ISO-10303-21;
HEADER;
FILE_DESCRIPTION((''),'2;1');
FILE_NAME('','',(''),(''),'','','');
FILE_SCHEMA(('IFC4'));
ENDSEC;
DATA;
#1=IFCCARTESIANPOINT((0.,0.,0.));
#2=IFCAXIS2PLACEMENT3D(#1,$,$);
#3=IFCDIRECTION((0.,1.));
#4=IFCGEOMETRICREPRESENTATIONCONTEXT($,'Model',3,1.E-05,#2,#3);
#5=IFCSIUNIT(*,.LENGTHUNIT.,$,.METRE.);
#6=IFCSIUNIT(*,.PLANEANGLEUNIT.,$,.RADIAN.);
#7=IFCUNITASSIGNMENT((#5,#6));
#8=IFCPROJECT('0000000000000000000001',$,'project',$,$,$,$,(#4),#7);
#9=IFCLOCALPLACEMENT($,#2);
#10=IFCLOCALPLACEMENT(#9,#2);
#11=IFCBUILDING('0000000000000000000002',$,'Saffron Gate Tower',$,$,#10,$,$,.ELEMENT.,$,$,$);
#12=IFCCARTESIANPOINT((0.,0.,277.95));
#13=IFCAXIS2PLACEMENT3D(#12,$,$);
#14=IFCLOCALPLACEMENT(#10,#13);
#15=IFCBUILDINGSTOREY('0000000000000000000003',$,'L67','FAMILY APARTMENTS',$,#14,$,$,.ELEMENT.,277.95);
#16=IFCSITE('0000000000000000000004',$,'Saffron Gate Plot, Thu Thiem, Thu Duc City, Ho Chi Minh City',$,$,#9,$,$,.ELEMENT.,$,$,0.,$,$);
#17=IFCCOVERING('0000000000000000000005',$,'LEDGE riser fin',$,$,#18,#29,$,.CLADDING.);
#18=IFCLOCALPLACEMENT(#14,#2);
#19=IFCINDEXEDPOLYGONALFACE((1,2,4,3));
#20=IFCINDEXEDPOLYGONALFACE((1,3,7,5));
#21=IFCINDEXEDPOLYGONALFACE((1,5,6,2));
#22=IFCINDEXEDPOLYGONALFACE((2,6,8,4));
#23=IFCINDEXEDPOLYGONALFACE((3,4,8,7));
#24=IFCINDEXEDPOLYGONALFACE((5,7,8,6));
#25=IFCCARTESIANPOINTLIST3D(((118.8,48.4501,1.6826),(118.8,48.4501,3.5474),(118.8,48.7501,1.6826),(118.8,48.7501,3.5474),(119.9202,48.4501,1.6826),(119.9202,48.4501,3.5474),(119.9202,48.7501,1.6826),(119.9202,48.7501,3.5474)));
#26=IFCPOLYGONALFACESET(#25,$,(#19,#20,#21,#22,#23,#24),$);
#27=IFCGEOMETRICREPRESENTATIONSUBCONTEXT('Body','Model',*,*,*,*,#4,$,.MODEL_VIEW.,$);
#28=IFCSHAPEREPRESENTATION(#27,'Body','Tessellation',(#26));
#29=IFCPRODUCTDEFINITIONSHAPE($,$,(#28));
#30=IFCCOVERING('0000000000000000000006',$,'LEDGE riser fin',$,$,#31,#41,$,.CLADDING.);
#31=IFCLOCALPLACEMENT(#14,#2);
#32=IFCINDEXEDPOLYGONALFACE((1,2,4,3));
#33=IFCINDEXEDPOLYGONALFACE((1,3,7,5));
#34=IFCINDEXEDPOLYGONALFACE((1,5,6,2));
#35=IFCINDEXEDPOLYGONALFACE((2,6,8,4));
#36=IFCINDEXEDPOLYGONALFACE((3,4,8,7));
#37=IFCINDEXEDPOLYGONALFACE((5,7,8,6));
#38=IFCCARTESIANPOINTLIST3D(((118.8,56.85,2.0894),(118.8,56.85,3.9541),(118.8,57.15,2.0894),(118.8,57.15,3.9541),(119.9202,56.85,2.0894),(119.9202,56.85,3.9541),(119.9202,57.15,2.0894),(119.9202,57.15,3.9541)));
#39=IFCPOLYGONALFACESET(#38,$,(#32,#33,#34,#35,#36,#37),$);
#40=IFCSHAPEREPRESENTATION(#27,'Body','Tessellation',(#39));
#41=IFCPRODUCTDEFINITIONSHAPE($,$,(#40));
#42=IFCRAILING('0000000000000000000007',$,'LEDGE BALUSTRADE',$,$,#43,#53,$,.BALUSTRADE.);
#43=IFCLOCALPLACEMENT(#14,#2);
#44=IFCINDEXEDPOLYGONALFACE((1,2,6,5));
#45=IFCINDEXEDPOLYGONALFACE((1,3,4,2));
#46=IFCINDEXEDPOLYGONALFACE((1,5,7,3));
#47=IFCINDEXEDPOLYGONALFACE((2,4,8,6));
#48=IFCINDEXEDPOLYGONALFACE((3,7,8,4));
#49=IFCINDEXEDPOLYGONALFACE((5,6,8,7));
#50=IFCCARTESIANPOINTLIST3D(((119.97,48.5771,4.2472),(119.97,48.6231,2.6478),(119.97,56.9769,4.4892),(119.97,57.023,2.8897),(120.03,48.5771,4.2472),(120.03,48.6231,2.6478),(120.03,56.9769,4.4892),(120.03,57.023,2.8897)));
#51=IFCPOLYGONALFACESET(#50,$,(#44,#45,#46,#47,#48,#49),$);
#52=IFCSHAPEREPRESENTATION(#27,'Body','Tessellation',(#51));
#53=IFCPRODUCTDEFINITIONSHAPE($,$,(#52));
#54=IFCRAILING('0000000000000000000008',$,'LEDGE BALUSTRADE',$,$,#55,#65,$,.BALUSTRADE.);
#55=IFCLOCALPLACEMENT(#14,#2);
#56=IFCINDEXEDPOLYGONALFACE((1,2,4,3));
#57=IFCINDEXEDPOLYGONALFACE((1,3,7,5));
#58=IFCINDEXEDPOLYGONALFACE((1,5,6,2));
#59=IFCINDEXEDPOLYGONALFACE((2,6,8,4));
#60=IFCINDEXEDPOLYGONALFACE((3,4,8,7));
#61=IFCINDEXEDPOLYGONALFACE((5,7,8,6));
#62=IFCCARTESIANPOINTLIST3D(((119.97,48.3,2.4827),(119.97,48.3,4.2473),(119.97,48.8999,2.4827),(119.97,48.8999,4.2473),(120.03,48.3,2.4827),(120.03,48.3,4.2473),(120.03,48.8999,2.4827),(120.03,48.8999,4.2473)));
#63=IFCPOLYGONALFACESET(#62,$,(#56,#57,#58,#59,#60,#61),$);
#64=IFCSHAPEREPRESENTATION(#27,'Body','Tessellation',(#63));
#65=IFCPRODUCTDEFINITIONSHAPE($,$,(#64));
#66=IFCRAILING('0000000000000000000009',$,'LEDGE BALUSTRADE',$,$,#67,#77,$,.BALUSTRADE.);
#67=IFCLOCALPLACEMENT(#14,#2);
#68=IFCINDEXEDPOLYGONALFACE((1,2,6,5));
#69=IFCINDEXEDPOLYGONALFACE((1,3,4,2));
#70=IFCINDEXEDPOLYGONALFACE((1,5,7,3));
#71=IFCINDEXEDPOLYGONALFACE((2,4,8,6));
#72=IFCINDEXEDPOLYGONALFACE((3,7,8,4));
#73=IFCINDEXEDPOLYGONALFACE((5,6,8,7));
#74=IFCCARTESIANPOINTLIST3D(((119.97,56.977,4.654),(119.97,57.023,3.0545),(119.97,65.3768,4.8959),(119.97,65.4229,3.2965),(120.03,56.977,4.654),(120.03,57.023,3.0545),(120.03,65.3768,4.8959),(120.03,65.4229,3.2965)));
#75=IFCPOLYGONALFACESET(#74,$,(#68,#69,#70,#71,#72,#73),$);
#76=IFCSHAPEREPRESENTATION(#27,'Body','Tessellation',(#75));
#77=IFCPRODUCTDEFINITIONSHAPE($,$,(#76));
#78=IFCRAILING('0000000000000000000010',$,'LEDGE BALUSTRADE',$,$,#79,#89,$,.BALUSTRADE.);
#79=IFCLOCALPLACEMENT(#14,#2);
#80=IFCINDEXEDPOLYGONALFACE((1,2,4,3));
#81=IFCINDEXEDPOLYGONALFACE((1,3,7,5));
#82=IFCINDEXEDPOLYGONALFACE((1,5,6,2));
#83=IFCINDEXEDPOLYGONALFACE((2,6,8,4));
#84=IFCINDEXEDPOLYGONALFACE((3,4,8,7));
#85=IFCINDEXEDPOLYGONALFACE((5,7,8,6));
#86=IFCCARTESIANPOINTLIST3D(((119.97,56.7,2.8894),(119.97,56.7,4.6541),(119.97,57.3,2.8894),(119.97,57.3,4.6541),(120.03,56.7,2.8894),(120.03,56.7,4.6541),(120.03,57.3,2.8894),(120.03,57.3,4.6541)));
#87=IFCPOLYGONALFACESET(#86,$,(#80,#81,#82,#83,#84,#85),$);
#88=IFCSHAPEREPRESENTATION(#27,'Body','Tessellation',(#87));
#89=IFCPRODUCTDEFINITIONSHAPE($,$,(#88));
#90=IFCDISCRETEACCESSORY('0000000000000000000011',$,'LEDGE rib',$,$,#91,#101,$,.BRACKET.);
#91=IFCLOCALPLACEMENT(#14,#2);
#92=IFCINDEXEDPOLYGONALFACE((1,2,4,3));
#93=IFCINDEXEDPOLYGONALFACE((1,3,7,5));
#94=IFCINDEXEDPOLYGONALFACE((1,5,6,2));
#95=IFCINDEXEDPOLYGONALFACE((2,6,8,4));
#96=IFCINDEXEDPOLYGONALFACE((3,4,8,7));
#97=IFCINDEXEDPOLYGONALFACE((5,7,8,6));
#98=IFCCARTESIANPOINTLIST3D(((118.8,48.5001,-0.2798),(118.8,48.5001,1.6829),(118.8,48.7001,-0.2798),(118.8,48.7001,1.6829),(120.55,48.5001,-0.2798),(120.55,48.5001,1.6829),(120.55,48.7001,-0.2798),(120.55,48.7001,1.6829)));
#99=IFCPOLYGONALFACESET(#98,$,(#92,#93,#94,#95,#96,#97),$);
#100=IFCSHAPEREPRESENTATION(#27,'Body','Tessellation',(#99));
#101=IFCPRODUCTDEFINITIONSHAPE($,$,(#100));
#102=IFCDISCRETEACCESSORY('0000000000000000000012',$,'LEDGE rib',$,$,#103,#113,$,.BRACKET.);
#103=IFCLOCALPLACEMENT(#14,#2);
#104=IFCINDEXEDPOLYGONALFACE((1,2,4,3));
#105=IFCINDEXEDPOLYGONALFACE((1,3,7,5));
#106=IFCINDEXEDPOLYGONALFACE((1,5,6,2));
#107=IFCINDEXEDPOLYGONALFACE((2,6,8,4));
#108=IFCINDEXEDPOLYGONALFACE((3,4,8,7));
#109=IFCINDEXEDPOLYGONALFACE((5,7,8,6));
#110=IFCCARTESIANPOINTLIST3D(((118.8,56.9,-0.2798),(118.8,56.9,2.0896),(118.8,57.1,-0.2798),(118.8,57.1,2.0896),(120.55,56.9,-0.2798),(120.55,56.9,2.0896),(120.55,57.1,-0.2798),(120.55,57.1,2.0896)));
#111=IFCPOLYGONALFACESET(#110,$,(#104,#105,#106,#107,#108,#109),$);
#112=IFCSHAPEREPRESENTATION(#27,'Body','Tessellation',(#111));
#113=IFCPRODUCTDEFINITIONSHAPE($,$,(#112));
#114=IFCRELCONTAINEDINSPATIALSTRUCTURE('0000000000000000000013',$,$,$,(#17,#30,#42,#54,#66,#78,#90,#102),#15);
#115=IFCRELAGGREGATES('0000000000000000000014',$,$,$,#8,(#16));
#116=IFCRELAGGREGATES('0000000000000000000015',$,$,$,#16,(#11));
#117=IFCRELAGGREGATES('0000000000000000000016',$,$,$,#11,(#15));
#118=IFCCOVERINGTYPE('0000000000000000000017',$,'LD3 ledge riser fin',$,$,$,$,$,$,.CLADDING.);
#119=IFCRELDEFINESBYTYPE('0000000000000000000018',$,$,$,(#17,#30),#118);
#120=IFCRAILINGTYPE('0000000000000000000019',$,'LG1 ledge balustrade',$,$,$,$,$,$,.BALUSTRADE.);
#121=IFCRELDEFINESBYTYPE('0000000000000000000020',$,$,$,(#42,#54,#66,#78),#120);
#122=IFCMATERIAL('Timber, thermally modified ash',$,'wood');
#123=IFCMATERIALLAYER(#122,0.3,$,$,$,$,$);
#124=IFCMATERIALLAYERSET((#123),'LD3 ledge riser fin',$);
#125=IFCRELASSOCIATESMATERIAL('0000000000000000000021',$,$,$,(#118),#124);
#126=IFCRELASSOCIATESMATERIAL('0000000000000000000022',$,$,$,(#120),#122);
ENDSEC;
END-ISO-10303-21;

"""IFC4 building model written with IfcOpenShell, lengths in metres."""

from ifc_helpers import new_model, si_unit, direction, frame, origin, origin_2d, place, context, subcontext, project, spatial, rectangle, extrude, material, layer, layer_set, type_object, element, save


model = new_model("IFC4")

# Units and contexts
model_context = context("Model", 3, precision=1e-05, world=origin(), true_north=direction((0.0, 1.0)))
body_context = subcontext(model_context, "Body", "Model", "MODEL_VIEW")
ifc_project = project(units=[si_unit("LENGTHUNIT", "METRE"), si_unit("PLANEANGLEUNIT", "RADIAN")], contexts=[model_context])

# Site, building, storey
site_placement = place(None, origin())
site = spatial("IfcSite", under=ifc_project, at=site_placement, Name="Saffron Gate Plot, Thu Thiem, Thu Duc City, Ho Chi Minh City", CompositionType="ELEMENT", RefElevation=0.0)
building_placement = place(site_placement, origin())
building = spatial("IfcBuilding", under=site, at=building_placement, Name="Saffron Gate Tower", CompositionType="ELEMENT")
storey_placement = place(building_placement, frame((0.0, 0.0, 277.95)))
storey = spatial("IfcBuildingStorey", under=building, at=storey_placement, Name="L67", Description="FAMILY APARTMENTS", CompositionType="ELEMENT", Elevation=277.95)

# Coverings
ifc_material_1 = material(Name="Timber, thermally modified ash", Category="wood")
ifc_layer_1 = layer(ifc_material_1, 0.3)
ifc_layer_set_1 = layer_set([ifc_layer_1], Name="LD3 ledge riser fin")
covering_type_1 = type_object("IfcCoveringType", Name="LD3 ledge riser fin", PredefinedType="CLADDING", material=ifc_layer_set_1)
for number, where, z_axis, x_axis, name in (
    (1, (119.3601, 48.6001, 1.6826), (0.0, 0.0, 1.0), (0.0, 1.0, 0.0), "LEDGE riser fin"),
    (2, (119.3601, 57.0, 2.0894), (0.0, 0.0, 1.0), (0.0, 1.0, 0.0), "LEDGE riser fin"),
):
    element("IfcCovering", number, at=place(storey_placement, frame(where, z_axis=z_axis, x_axis=x_axis)), inside=storey, type_object=covering_type_1, Name=name, PredefinedType="CLADDING", context=body_context, shape_type="SweptSolid", body=[
        extrude(rectangle(XDim=0.3, YDim=1.1201, at=origin_2d()), origin(), (0.0, 0.0, 1.0), 1.8647),
    ])

# Railings
railing_type = type_object("IfcRailingType", Name="LG1 ledge balustrade", PredefinedType="BALUSTRADE", material=ifc_material_1)
railing_1_placement = place(storey_placement, frame((120.0, 48.6001, 2.6475)))
element("IfcRailing", 3, at=railing_1_placement, inside=storey, type_object=railing_type, Name="LEDGE BALUSTRADE", PredefinedType="BALUSTRADE", context=body_context, shape_type="SweptSolid", body=[
    extrude(rectangle(XDim=0.0601, YDim=1.6001, at=origin_2d()), frame((0.0, 0.0, 0.8), z_axis=(0.0, 0.999585, 0.028791), x_axis=(-1.0, 0.0, 0.0)), (0.0, 0.0, 1.0), 8.4033),
])
railing_2_placement = place(storey_placement, frame((120.0, 48.3, 2.4827)))
element("IfcRailing", 4, at=railing_2_placement, inside=storey, type_object=railing_type, Name="LEDGE BALUSTRADE", PredefinedType="BALUSTRADE", context=body_context, shape_type="SweptSolid", body=[
    extrude(rectangle(XDim=0.0601, YDim=1.7646, at=origin_2d()), frame((0.0, 0.0, 0.8823), z_axis=(0.0, 1.0, 0.0), x_axis=(-1.0, 0.0, 0.0)), (0.0, 0.0, 1.0), 0.5999),
])
railing_3_placement = place(storey_placement, frame((120.0, 57.0, 3.0542)))
element("IfcRailing", 5, at=railing_3_placement, inside=storey, type_object=railing_type, Name="LEDGE BALUSTRADE", PredefinedType="BALUSTRADE", context=body_context, shape_type="SweptSolid", body=[
    extrude(rectangle(XDim=0.0601, YDim=1.6001, at=origin_2d()), frame((0.0, 0.0, 0.8), z_axis=(0.0, 0.999585, 0.028791), x_axis=(-1.0, 0.0, 0.0)), (0.0, 0.0, 1.0), 8.4033),
])
railing_4_placement = place(storey_placement, frame((120.0, 56.7, 2.8894)))
element("IfcRailing", 6, at=railing_4_placement, inside=storey, type_object=railing_type, Name="LEDGE BALUSTRADE", PredefinedType="BALUSTRADE", context=body_context, shape_type="SweptSolid", body=[
    extrude(rectangle(XDim=0.0601, YDim=1.7646, at=origin_2d()), frame((0.0, 0.0, 0.8823), z_axis=(0.0, 1.0, 0.0), x_axis=(-1.0, 0.0, 0.0)), (0.0, 0.0, 1.0), 0.6001),
])

# Discrete accessories
discrete_accessory_1_placement = place(storey_placement, frame((119.675, 48.6001, -0.2798), z_axis=(0.0, 0.0, 1.0), x_axis=(0.0, 1.0, 0.0)))
element("IfcDiscreteAccessory", 7, at=discrete_accessory_1_placement, inside=storey, Name="LEDGE rib", PredefinedType="BRACKET", context=body_context, shape_type="SweptSolid", body=[
    extrude(rectangle(XDim=0.2, YDim=1.75, at=origin_2d()), origin(), (0.0, 0.0, 1.0), 1.9626),
])
discrete_accessory_2_placement = place(storey_placement, frame((119.675, 57.0, -0.2798), z_axis=(0.0, 0.0, 1.0), x_axis=(0.0, 1.0, 0.0)))
element("IfcDiscreteAccessory", 8, at=discrete_accessory_2_placement, inside=storey, Name="LEDGE rib", PredefinedType="BRACKET", context=body_context, shape_type="SweptSolid", body=[
    extrude(rectangle(XDim=0.2, YDim=1.75, at=origin_2d()), origin(), (0.0, 0.0, 1.0), 2.3694),
])

save(model, "model.ifc")
